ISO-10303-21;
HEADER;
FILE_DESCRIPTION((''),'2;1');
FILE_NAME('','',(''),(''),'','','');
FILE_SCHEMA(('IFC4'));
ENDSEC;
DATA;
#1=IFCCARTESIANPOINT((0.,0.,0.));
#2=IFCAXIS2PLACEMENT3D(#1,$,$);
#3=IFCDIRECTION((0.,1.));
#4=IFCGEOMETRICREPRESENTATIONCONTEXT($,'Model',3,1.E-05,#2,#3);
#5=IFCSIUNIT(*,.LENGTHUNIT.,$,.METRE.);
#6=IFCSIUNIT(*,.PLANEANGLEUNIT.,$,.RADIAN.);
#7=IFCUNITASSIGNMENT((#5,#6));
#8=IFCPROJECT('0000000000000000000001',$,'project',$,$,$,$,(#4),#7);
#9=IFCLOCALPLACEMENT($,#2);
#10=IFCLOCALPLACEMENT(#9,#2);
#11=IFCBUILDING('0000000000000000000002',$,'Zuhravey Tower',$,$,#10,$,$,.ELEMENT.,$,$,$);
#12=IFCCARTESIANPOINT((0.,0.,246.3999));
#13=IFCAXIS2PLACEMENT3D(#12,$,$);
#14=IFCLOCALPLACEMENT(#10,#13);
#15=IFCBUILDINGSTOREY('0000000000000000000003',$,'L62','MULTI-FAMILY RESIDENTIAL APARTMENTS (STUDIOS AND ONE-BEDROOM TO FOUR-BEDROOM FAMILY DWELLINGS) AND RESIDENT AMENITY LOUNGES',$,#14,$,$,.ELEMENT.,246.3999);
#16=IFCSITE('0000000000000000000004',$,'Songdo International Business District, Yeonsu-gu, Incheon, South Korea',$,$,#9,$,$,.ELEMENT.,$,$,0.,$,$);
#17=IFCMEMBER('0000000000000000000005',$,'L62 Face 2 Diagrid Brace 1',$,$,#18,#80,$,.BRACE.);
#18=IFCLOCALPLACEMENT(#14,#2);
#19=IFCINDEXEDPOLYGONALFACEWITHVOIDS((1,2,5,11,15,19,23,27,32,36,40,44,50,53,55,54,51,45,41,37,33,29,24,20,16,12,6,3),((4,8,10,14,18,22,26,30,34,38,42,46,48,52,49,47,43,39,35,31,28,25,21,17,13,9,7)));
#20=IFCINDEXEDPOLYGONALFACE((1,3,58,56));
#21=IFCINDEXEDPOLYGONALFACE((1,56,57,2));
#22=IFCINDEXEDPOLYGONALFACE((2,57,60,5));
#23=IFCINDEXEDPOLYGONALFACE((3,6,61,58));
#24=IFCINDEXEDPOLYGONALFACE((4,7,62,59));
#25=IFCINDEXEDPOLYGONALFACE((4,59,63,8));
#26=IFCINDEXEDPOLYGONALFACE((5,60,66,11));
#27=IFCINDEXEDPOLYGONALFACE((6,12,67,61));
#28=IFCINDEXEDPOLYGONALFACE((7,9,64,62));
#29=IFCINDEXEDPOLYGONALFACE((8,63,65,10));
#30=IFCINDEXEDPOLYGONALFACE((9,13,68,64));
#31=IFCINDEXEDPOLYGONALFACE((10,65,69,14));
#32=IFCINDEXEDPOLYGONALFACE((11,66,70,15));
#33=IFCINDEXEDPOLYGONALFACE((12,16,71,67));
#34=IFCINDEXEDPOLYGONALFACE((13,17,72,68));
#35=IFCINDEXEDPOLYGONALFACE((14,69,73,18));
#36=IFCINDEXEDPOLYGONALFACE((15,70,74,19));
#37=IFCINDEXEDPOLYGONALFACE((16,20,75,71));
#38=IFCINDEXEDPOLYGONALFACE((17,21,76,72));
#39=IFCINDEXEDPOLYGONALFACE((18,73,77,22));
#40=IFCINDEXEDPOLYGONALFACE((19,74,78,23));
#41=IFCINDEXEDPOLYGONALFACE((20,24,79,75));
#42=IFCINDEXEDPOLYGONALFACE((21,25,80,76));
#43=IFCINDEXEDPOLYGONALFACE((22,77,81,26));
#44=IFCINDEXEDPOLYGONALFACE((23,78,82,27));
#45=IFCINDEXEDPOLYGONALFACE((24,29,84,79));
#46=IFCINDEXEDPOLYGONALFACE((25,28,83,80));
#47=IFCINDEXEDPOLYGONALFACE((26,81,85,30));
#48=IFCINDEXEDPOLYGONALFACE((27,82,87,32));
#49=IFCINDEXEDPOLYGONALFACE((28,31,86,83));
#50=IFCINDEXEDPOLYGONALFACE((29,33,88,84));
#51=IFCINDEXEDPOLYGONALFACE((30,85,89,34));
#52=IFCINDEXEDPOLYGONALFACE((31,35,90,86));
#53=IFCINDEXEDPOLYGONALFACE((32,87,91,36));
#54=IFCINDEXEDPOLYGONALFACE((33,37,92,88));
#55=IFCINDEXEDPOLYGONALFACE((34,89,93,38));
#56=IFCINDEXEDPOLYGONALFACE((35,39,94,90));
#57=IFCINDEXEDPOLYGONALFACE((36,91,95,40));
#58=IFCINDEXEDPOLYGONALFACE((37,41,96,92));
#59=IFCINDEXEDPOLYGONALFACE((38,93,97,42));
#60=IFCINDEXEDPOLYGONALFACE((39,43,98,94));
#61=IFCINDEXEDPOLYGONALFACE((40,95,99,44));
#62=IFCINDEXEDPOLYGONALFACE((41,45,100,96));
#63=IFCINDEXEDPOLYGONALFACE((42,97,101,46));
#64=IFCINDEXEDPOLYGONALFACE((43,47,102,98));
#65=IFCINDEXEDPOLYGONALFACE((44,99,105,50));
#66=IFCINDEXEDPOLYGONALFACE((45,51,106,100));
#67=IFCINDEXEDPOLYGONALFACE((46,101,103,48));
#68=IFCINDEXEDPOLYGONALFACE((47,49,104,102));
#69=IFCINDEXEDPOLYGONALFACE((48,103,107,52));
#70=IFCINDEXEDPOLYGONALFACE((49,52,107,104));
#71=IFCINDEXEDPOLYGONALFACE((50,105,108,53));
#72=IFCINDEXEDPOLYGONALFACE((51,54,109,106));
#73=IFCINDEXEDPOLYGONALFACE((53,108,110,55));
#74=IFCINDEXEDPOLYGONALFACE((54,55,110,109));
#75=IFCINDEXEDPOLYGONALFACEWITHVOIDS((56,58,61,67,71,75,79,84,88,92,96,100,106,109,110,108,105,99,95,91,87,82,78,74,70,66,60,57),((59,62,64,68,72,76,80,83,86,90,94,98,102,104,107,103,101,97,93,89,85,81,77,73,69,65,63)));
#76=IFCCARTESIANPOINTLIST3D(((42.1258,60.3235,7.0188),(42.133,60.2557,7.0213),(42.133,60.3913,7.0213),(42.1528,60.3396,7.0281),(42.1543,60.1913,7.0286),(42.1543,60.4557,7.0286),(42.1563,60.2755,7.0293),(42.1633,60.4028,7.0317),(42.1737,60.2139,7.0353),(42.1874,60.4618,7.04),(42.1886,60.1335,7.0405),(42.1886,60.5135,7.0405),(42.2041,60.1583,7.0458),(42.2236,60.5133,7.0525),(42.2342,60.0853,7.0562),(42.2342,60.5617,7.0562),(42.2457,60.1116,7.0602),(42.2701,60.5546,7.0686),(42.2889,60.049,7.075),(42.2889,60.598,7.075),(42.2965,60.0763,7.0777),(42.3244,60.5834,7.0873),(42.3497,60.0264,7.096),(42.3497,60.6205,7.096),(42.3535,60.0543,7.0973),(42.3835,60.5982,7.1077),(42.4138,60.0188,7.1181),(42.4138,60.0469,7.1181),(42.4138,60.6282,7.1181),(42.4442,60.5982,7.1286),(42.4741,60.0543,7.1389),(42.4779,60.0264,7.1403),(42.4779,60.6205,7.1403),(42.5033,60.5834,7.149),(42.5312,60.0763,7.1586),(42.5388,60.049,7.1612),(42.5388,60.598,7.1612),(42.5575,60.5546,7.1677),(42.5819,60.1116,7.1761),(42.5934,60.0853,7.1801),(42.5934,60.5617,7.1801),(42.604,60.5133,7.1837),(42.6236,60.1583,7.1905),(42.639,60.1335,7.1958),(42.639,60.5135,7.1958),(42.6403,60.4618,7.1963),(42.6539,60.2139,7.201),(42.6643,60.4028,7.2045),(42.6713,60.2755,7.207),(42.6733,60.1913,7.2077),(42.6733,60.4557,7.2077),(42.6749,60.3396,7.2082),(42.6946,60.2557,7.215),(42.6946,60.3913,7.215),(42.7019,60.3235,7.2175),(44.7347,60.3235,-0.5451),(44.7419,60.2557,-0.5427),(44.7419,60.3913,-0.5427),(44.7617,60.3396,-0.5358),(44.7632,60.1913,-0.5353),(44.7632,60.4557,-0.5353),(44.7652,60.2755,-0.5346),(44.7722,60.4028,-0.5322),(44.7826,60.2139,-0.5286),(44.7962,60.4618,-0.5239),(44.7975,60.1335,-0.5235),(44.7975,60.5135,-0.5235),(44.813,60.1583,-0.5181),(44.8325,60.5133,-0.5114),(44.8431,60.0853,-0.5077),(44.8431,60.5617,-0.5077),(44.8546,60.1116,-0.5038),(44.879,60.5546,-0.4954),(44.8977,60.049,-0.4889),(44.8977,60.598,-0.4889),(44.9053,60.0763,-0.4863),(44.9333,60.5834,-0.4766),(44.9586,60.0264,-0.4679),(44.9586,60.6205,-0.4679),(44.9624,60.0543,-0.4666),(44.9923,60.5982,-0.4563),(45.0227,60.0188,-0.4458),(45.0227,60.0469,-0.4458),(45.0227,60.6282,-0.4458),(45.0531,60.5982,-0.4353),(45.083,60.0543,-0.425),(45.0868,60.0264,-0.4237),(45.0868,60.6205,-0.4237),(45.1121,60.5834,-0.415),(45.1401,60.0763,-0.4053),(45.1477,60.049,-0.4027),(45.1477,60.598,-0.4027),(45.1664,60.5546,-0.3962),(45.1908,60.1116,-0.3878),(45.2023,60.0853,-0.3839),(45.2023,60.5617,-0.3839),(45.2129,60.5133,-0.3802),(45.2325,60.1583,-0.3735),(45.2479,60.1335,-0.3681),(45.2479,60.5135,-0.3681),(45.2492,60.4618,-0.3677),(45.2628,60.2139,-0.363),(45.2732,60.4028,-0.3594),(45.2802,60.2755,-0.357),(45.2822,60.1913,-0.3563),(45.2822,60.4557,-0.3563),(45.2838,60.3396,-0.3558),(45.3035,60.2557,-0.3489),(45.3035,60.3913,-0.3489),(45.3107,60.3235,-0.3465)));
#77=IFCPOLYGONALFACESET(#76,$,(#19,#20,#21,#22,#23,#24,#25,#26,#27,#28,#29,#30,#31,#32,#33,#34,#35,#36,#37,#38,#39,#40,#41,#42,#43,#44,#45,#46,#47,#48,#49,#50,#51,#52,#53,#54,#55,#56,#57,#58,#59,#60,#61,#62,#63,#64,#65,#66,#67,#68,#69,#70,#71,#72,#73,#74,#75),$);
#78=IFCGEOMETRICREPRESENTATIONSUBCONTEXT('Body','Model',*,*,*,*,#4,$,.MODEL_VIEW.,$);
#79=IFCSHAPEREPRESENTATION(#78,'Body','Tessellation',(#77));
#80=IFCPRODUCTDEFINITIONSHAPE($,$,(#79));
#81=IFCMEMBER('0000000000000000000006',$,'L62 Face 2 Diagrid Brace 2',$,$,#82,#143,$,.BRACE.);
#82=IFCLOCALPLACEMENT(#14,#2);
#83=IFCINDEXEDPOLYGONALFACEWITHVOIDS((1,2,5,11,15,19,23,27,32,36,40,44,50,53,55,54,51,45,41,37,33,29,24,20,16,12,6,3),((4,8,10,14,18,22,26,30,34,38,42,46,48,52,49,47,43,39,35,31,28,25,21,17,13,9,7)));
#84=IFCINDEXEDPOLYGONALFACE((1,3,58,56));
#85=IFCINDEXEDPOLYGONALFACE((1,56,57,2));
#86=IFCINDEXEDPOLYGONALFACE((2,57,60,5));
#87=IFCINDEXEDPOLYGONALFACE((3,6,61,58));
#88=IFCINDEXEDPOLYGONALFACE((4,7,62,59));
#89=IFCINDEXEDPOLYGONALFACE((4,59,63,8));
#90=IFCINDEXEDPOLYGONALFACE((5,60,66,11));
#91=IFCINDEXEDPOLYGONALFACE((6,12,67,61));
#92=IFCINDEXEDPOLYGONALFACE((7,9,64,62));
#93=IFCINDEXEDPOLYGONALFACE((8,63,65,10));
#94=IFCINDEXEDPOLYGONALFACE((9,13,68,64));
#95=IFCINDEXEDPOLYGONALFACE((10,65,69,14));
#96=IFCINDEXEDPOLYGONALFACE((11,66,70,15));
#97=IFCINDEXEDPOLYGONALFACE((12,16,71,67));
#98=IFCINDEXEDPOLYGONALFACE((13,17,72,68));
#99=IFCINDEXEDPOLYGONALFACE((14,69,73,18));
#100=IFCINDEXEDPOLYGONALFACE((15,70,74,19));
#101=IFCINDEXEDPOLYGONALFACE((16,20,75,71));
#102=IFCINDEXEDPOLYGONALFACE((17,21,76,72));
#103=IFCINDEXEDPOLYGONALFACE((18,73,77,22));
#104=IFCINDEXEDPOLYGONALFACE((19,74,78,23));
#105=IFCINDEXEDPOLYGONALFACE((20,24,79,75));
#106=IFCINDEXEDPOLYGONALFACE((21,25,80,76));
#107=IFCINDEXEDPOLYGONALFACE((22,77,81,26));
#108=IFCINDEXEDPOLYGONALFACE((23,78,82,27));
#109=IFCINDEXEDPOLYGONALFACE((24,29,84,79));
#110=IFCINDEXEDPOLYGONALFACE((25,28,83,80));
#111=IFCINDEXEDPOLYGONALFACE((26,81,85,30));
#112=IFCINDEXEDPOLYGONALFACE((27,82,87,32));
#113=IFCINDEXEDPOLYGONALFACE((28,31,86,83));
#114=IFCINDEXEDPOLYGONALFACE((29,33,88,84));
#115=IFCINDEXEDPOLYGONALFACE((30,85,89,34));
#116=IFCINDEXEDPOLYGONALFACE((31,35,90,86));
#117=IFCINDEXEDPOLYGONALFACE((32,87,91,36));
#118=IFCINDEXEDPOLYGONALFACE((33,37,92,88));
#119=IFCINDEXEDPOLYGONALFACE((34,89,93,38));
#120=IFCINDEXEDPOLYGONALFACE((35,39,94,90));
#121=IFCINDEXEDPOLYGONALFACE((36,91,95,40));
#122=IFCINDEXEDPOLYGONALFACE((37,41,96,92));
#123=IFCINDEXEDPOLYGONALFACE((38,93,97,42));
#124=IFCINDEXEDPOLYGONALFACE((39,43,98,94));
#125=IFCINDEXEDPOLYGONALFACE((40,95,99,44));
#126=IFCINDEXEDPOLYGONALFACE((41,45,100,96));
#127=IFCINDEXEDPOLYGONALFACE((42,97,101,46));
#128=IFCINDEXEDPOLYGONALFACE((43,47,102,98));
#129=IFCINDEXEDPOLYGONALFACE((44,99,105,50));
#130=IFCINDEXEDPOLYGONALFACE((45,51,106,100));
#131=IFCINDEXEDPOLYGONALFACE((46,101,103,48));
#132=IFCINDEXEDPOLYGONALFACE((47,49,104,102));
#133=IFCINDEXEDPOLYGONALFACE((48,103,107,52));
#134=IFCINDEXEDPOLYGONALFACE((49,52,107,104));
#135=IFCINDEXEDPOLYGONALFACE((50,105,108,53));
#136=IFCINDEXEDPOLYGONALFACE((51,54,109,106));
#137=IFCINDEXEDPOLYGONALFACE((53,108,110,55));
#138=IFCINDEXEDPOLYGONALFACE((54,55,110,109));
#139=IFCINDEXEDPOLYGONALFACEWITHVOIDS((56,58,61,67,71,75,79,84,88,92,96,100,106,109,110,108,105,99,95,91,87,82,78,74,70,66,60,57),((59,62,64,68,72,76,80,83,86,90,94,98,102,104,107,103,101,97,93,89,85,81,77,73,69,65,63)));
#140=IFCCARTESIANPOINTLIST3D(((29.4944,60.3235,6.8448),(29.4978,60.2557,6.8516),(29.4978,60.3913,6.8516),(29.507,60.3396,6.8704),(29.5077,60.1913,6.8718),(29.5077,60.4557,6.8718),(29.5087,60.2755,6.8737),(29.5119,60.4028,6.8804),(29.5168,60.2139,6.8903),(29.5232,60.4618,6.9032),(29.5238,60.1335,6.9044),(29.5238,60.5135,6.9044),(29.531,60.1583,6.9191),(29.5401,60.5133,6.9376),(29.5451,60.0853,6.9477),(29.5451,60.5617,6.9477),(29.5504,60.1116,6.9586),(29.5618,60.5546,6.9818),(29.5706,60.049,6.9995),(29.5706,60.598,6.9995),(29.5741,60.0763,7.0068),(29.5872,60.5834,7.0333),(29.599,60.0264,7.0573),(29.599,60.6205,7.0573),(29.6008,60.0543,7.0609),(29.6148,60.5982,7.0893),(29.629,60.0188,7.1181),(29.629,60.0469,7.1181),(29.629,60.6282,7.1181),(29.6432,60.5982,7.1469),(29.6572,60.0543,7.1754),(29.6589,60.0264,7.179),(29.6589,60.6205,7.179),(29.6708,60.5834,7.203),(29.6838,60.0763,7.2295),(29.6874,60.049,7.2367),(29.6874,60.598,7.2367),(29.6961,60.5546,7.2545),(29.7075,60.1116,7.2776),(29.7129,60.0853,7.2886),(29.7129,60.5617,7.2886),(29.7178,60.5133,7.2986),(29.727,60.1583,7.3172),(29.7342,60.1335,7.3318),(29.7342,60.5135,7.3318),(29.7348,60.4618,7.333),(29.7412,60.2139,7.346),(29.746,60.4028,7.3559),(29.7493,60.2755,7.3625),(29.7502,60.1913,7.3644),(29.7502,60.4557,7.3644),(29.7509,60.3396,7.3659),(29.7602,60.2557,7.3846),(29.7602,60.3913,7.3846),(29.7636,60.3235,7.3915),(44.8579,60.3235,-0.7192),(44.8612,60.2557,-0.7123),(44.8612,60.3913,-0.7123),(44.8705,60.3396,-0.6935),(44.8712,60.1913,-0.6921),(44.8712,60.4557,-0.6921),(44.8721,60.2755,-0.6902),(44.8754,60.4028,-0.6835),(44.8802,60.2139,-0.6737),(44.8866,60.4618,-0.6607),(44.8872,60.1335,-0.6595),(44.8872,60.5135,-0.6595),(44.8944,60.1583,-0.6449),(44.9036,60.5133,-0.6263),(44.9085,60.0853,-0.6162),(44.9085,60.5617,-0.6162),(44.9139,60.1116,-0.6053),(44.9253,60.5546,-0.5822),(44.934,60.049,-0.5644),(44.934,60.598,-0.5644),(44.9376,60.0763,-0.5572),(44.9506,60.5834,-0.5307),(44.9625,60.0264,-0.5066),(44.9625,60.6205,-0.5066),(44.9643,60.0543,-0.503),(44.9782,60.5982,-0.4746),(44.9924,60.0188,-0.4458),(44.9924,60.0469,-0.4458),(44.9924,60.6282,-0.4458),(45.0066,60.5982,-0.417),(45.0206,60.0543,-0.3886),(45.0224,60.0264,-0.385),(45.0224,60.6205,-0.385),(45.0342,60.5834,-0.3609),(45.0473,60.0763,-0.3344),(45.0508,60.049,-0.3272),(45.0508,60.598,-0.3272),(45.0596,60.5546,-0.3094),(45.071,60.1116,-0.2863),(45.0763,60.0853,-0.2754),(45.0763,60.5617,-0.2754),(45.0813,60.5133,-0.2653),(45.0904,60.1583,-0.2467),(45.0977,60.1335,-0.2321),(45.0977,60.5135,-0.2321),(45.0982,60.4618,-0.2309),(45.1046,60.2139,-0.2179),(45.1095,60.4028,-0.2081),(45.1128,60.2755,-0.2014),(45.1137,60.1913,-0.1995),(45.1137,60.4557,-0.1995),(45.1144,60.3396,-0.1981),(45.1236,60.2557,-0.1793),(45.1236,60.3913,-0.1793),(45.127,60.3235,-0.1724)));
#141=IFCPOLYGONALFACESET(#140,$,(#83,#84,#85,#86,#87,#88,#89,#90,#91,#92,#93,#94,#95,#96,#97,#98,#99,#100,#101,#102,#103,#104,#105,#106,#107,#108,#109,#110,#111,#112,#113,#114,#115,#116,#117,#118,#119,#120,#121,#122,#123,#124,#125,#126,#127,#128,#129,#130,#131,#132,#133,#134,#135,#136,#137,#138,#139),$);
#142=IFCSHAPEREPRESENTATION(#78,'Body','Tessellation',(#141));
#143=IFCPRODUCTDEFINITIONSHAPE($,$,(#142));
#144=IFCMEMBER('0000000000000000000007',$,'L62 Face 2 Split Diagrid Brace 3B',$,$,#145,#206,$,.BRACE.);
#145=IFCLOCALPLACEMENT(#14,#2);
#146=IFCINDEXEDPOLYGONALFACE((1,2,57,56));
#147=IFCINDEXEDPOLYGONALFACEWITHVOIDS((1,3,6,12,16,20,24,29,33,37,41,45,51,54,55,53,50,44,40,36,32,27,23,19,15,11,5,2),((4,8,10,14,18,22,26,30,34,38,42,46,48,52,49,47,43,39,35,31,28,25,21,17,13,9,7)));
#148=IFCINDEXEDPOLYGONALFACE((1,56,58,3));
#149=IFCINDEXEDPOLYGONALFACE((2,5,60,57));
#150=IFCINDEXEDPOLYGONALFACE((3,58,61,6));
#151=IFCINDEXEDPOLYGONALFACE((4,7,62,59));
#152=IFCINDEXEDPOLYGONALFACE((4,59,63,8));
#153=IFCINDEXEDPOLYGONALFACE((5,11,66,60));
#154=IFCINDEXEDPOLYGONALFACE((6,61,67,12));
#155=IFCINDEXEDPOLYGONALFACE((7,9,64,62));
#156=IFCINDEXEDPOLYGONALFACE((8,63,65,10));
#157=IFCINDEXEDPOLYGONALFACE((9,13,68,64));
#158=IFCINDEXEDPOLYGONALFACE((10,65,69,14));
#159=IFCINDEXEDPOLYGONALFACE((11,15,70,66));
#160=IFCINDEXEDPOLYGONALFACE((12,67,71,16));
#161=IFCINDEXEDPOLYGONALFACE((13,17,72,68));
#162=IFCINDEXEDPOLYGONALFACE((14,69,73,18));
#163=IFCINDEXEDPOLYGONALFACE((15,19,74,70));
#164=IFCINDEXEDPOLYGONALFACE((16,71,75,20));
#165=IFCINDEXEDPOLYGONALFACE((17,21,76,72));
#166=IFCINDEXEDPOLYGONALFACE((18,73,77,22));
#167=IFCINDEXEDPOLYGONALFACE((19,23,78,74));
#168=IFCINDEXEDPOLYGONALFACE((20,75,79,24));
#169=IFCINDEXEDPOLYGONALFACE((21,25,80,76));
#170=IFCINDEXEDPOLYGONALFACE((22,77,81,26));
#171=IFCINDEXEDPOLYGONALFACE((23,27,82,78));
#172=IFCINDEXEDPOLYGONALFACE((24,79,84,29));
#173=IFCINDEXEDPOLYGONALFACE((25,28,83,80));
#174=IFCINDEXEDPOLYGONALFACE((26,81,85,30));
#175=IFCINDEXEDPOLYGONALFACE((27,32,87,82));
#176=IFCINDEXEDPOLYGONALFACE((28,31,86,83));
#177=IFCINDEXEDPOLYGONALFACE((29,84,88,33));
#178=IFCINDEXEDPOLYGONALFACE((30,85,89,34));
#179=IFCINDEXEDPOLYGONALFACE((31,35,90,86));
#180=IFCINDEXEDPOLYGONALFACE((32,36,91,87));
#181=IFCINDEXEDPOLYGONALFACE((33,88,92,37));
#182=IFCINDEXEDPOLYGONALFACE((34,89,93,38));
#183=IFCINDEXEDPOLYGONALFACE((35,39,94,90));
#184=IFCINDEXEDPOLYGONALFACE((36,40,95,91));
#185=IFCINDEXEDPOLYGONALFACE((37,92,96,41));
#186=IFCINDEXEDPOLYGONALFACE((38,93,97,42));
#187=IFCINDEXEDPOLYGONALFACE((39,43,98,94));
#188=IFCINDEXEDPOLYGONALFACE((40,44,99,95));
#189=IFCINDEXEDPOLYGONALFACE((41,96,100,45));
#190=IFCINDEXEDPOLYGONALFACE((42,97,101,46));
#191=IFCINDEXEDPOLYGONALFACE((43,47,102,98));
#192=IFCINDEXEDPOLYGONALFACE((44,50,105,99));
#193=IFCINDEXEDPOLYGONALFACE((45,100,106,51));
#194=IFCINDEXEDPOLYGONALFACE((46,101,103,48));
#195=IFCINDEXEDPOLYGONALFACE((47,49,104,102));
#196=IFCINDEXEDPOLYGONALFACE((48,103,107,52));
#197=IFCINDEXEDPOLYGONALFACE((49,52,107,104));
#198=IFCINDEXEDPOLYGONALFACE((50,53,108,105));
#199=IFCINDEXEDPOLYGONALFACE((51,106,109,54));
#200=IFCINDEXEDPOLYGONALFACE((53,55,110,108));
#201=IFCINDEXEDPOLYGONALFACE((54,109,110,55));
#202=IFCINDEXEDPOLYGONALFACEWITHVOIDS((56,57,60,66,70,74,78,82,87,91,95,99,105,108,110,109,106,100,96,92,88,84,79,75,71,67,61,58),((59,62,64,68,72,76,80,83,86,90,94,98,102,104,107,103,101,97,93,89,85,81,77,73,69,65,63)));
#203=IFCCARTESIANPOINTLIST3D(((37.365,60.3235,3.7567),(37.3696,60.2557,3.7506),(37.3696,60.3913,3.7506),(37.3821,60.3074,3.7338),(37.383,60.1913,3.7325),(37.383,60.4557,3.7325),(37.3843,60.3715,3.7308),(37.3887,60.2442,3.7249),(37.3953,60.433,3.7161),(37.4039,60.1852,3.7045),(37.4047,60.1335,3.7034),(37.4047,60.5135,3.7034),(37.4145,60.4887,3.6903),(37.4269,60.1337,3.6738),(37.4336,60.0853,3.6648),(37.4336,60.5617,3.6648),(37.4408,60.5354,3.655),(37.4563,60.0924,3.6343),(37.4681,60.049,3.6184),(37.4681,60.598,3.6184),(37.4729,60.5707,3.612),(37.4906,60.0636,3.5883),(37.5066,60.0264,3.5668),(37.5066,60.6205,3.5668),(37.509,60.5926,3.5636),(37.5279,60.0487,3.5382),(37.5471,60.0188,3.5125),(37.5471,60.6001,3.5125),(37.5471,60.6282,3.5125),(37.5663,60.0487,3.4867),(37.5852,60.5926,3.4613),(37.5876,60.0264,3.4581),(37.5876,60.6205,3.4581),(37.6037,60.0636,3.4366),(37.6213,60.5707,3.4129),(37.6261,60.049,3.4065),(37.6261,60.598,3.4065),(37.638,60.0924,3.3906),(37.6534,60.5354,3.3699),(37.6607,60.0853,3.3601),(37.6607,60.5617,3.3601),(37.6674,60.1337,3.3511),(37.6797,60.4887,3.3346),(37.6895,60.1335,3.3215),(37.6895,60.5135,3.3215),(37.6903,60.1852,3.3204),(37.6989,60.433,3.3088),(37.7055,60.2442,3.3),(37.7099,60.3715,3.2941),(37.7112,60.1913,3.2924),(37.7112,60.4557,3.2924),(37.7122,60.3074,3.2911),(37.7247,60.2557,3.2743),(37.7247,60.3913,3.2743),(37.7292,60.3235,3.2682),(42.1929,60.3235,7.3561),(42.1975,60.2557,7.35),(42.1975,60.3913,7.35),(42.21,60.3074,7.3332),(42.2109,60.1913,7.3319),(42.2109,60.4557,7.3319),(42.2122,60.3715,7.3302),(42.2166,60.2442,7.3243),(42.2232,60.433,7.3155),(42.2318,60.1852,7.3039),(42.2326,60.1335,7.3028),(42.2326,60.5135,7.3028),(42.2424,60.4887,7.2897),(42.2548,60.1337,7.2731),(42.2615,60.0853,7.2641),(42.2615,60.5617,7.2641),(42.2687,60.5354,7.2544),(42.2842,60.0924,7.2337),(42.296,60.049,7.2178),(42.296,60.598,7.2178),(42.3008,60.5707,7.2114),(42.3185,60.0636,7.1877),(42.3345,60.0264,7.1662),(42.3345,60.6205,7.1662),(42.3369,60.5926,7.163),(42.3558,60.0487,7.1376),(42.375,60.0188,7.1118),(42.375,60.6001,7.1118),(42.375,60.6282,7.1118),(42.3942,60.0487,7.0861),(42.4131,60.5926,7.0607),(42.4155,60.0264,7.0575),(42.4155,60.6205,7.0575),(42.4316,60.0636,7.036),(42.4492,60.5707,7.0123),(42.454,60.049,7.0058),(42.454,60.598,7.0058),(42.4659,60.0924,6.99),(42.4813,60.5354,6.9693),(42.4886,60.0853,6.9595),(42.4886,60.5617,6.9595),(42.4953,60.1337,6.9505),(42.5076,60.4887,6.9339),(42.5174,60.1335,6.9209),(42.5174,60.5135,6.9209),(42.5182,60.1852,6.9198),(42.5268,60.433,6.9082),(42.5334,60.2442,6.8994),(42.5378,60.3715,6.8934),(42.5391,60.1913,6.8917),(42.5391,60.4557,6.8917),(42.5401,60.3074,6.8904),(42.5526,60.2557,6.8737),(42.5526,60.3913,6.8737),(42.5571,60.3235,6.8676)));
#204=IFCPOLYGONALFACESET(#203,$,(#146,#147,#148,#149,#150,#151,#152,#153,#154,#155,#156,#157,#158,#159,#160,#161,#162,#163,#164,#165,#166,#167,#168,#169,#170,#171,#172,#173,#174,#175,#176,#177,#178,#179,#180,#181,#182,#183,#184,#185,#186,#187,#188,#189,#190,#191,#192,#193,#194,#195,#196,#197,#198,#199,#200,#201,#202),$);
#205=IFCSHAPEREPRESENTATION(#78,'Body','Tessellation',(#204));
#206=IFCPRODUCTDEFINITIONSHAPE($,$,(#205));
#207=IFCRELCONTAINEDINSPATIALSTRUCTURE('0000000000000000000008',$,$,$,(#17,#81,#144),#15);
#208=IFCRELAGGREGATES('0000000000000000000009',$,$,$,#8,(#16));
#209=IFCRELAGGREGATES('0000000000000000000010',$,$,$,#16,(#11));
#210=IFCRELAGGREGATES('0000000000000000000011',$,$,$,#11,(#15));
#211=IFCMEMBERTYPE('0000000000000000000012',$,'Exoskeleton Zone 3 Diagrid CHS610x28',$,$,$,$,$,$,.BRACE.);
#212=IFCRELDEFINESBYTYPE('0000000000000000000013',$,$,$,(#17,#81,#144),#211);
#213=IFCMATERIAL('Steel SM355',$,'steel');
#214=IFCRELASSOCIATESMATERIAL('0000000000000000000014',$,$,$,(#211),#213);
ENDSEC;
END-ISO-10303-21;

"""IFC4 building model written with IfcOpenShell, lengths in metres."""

from ifc_helpers import new_model, si_unit, direction, frame, origin, origin_2d, place, context, subcontext, project, spatial, hollow_circle, extrude, material, material_profile, profile_set, type_object, element, save


model = new_model("IFC4")

# Units and contexts
model_context = context("Model", 3, precision=1e-05, world=origin(), true_north=direction((0.0, 1.0)))
body_context = subcontext(model_context, "Body", "Model", "MODEL_VIEW")
ifc_project = project(units=[si_unit("LENGTHUNIT", "METRE"), si_unit("PLANEANGLEUNIT", "RADIAN")], contexts=[model_context])

# Site, building, storey
site_placement = place(None, origin())
site = spatial("IfcSite", under=ifc_project, at=site_placement, Name="Songdo International Business District, Yeonsu-gu, Incheon, South Korea", CompositionType="ELEMENT", RefElevation=0.0)
building_placement = place(site_placement, origin())
building = spatial("IfcBuilding", under=site, at=building_placement, Name="Zuhravey Tower", CompositionType="ELEMENT")
storey_placement = place(building_placement, frame((0.0, 0.0, 246.3999)))
storey = spatial("IfcBuildingStorey", under=building, at=storey_placement, Name="L62", Description="MULTI-FAMILY RESIDENTIAL APARTMENTS (STUDIOS AND ONE-BEDROOM TO FOUR-BEDROOM FAMILY DWELLINGS) AND RESIDENT AMENITY LOUNGES", CompositionType="ELEMENT", Elevation=246.3999)

# Members
ifc_material_1 = material(Name="Steel SM355", Category="steel")
ifc_material_profile_1 = material_profile(ifc_material_1, hollow_circle(Radius=0.3047, WallThickness=0.0281, at=origin_2d()), Name="CHS-609.6x28")
ifc_profile_set_1 = profile_set([ifc_material_profile_1], Name="Steel SM355")
member_type_1 = type_object("IfcMemberType", Name="Exoskeleton Zone 3 Diagrid CHS610x28", PredefinedType="BRACE", material=ifc_profile_set_1)
member_1_placement = place(storey_placement, frame((45.0227, 60.3235, -0.4458), z_axis=(-0.32606, 0.0, 0.945349), x_axis=(0.0, -1.0, 0.0)))
element("IfcMember", 1, at=member_1_placement, inside=storey, type_object=member_type_1, Name="L62 Face 2 Diagrid Brace 1", PredefinedType="BRACE", context=body_context, shape_type="SweptSolid", body=[
    extrude(hollow_circle(Radius=0.3047, WallThickness=0.0281, at=origin_2d()), origin(), (0.0, 0.0, 1.0), 8.0012),
])
member_2_placement = place(storey_placement, frame((44.9924, 60.3235, -0.4458), z_axis=(-0.897162, 0.0, 0.441702), x_axis=(0.0, -1.0, 0.0)))
element("IfcMember", 2, at=member_2_placement, inside=storey, type_object=member_type_1, Name="L62 Face 2 Diagrid Brace 2", PredefinedType="BRACE", context=body_context, shape_type="SweptSolid", body=[
    extrude(hollow_circle(Radius=0.3047, WallThickness=0.0281, at=origin_2d()), origin(), (0.0, 0.0, 1.0), 17.1245),
])
member_3_placement = place(storey_placement, frame((37.5471, 60.3235, 3.5125), z_axis=(0.801714, 0.0, 0.597708), x_axis=(0.0, 1.0, 0.0)))
element("IfcMember", 3, at=member_3_placement, inside=storey, type_object=member_type_1, Name="L62 Face 2 Split Diagrid Brace 3B", PredefinedType="BRACE", context=body_context, shape_type="SweptSolid", body=[
    extrude(hollow_circle(Radius=0.3047, WallThickness=0.0281, at=origin_2d()), origin(), (0.0, 0.0, 1.0), 6.022),
])

save(model, "model.ifc")
